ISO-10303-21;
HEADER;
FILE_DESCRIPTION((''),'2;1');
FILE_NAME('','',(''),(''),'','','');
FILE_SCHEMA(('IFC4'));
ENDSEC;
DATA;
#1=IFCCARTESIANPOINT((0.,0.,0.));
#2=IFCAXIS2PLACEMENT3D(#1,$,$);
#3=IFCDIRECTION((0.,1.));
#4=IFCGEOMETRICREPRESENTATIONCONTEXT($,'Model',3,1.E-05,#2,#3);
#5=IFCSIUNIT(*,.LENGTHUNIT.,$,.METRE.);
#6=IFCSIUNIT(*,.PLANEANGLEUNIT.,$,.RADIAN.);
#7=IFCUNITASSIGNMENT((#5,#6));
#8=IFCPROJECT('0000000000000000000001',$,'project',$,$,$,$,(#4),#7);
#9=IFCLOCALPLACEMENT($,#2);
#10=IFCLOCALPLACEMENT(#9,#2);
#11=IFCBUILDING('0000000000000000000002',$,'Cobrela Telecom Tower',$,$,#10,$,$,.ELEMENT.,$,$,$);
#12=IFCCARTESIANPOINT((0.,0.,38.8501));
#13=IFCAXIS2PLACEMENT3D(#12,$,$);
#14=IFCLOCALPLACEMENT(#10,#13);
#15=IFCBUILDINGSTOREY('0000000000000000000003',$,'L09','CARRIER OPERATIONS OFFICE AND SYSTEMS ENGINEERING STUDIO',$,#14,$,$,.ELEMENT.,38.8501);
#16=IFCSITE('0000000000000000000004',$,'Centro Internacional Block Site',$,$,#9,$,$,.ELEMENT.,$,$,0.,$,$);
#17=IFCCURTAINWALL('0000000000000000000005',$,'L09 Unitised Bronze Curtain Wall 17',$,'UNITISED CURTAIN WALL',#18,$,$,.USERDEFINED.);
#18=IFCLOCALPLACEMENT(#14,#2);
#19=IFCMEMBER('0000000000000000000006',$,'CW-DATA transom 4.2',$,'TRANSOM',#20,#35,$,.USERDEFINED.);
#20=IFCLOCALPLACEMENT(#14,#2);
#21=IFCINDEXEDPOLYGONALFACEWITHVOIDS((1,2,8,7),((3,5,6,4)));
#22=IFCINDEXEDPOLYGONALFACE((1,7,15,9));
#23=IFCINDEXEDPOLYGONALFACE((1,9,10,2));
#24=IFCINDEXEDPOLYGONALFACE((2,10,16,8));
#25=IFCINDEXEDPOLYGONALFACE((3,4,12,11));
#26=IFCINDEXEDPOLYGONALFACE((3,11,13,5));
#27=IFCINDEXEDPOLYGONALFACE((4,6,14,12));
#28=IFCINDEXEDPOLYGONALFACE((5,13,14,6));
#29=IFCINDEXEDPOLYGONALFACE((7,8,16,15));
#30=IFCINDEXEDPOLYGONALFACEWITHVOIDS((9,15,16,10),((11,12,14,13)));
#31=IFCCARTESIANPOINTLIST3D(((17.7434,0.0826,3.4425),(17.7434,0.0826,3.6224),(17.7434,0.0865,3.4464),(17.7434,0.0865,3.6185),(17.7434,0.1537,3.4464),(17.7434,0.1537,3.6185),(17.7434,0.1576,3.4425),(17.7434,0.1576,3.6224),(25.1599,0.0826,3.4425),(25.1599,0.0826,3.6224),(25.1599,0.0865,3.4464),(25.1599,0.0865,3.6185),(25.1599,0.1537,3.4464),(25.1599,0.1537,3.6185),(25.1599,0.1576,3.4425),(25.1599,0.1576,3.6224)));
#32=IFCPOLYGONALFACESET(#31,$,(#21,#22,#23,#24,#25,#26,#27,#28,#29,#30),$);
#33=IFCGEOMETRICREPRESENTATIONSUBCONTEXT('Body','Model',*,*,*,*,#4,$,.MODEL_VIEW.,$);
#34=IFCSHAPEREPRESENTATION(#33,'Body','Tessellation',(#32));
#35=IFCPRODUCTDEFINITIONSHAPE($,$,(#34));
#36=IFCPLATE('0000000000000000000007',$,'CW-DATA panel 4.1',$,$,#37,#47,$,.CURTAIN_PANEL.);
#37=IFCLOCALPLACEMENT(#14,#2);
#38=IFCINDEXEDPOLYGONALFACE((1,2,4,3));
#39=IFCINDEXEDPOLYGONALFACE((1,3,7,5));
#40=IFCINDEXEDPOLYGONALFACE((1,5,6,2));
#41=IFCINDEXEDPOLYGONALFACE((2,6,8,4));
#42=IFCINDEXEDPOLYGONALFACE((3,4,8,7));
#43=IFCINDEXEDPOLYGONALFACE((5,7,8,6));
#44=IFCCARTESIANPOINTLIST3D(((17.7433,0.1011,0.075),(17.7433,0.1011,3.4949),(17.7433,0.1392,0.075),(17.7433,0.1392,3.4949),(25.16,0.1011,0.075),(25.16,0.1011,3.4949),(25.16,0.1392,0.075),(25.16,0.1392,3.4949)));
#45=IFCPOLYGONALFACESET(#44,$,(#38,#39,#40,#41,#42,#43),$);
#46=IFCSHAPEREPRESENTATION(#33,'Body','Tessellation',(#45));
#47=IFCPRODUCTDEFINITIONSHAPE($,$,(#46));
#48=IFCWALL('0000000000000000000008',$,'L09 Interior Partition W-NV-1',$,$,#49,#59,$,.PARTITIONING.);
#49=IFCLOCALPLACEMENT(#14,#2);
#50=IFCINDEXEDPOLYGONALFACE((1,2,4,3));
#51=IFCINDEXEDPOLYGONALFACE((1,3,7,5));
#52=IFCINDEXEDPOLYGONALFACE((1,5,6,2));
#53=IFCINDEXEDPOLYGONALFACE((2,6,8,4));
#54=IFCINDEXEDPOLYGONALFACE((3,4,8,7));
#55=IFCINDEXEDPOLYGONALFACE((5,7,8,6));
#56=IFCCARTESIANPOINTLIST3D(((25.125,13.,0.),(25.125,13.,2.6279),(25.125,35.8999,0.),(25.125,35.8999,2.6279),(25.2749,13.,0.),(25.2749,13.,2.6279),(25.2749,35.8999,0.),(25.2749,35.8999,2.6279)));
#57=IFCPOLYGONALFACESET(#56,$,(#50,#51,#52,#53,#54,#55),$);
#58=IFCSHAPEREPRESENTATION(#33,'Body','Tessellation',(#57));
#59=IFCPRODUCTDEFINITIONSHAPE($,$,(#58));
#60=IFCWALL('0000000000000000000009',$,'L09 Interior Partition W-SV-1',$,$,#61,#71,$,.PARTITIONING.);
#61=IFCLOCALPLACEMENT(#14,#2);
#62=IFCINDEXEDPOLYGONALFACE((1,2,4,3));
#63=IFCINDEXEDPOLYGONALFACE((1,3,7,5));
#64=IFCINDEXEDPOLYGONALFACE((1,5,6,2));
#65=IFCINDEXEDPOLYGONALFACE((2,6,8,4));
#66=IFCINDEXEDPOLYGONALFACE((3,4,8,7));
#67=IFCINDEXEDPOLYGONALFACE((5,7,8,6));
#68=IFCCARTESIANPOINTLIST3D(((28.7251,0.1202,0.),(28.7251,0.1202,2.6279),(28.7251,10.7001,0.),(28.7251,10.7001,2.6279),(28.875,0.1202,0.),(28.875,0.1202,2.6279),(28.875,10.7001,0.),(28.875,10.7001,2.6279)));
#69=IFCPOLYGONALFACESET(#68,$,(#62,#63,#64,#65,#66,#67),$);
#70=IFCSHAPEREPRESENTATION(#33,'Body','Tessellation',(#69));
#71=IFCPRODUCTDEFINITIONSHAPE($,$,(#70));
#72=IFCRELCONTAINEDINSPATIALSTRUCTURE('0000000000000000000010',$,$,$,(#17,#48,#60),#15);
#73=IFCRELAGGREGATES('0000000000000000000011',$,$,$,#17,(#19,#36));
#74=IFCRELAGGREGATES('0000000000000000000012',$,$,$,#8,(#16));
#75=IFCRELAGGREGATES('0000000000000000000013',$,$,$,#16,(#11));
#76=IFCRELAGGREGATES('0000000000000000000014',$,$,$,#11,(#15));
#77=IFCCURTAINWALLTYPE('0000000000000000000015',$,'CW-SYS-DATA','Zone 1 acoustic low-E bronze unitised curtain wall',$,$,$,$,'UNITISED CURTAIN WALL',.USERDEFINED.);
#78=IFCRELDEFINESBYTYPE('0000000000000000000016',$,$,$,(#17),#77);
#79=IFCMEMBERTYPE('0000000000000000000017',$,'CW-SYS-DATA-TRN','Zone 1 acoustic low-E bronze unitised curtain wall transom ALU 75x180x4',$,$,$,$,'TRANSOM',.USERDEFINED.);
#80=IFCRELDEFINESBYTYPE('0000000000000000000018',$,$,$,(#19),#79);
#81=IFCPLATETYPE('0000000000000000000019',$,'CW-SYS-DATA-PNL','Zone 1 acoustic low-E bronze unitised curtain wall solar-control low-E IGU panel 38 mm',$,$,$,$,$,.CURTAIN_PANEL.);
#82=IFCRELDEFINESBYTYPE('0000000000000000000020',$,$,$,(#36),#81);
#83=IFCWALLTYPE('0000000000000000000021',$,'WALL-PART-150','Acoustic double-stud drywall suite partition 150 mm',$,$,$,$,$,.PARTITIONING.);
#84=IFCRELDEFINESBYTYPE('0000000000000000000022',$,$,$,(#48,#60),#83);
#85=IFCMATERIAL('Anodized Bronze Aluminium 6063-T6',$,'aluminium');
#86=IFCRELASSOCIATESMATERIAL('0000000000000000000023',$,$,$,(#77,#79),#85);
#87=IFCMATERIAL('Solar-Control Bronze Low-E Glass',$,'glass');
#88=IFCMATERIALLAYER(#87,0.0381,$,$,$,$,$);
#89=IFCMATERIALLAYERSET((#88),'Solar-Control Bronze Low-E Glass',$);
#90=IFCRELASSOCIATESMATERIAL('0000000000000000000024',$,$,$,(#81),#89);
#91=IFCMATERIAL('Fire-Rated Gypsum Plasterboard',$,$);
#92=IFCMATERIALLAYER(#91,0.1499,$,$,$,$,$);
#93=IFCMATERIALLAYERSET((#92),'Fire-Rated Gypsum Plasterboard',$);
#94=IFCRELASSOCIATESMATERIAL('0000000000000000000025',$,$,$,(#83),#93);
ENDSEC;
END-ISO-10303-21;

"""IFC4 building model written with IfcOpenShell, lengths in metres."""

from ifc_helpers import new_model, si_unit, direction, frame, frame_2d, origin, origin_2d, place, context, subcontext, project, spatial, rectangle, hollow_rectangle, extrude, material, layer, layer_set, material_profile, profile_set, type_object, element, aggregate, save


model = new_model("IFC4")

# Units and contexts
model_context = context("Model", 3, precision=1e-05, world=origin(), true_north=direction((0.0, 1.0)))
body_context = subcontext(model_context, "Body", "Model", "MODEL_VIEW")
ifc_project = project(units=[si_unit("LENGTHUNIT", "METRE"), si_unit("PLANEANGLEUNIT", "RADIAN")], contexts=[model_context])

# Site, building, storey
site_placement = place(None, origin())
site = spatial("IfcSite", under=ifc_project, at=site_placement, Name="Centro Internacional Block Site", CompositionType="ELEMENT", RefElevation=0.0)
building_placement = place(site_placement, origin())
building = spatial("IfcBuilding", under=site, at=building_placement, Name="Cobrela Telecom Tower", CompositionType="ELEMENT")
storey_placement = place(building_placement, frame((0.0, 0.0, 38.8501)))
storey = spatial("IfcBuildingStorey", under=building, at=storey_placement, Name="L09", Description="CARRIER OPERATIONS OFFICE AND SYSTEMS ENGINEERING STUDIO", CompositionType="ELEMENT", Elevation=38.8501)

# Curtain wall, member, plate
ifc_material_1 = material(Name="Anodized Bronze Aluminium 6063-T6", Category="aluminium")
curtain_wall_type = type_object("IfcCurtainWallType", Name="CW-SYS-DATA", Description="Zone 1 acoustic low-E bronze unitised curtain wall", ElementType="UNITISED CURTAIN WALL", PredefinedType="USERDEFINED", material=ifc_material_1)
curtain_wall_placement = place(storey_placement, origin())
curtain_wall = element("IfcCurtainWall", 1, at=curtain_wall_placement, inside=storey, type_object=curtain_wall_type, Name="L09 Unitised Bronze Curtain Wall 17", ObjectType="UNITISED CURTAIN WALL", PredefinedType="USERDEFINED")
ifc_material_profile_1 = material_profile(ifc_material_1, hollow_rectangle(XDim=0.075, YDim=0.1799, WallThickness=0.0039, at=origin_2d()), Name="ALU 75x180x4")
ifc_profile_set_1 = profile_set([ifc_material_profile_1], Name="Anodized Bronze Aluminium 6063-T6")
member_type_1 = type_object("IfcMemberType", Name="CW-SYS-DATA-TRN", Description="Zone 1 acoustic low-E bronze unitised curtain wall transom ALU 75x180x4", ElementType="TRANSOM", PredefinedType="USERDEFINED", material=ifc_profile_set_1)
member_1_placement = place(storey_placement, frame((25.1599, 0.1201, 3.5325), z_axis=(-1.0, 0.0, 0.0), x_axis=(0.0, -1.0, 0.0)))
member_1 = element("IfcMember", 2, at=member_1_placement, type_object=member_type_1, Name="CW-DATA transom 4.2", ObjectType="TRANSOM", PredefinedType="USERDEFINED", context=body_context, shape_type="SweptSolid", body=[
    extrude(hollow_rectangle(XDim=0.075, YDim=0.1799, WallThickness=0.0039, at=origin_2d()), origin(), (0.0, 0.0, 1.0), 7.4165),
])
ifc_material_2 = material(Name="Solar-Control Bronze Low-E Glass", Category="glass")
ifc_layer_1 = layer(ifc_material_2, 0.0381)
ifc_layer_set_1 = layer_set([ifc_layer_1], Name="Solar-Control Bronze Low-E Glass")
plate_type = type_object("IfcPlateType", Name="CW-SYS-DATA-PNL", Description="Zone 1 acoustic low-E bronze unitised curtain wall solar-control low-E IGU panel 38 mm", PredefinedType="CURTAIN_PANEL", material=ifc_layer_set_1)
plate_placement = place(storey_placement, frame((21.4517, 0.1201, 0.075), z_axis=(0.0, 0.0, 1.0), x_axis=(-1.0, 0.0, 0.0)))
plate = element("IfcPlate", 3, at=plate_placement, type_object=plate_type, Name="CW-DATA panel 4.1", PredefinedType="CURTAIN_PANEL", context=body_context, shape_type="SweptSolid", body=[
    extrude(rectangle(XDim=7.4167, YDim=0.0381, at=origin_2d()), origin(), (0.0, 0.0, 1.0), 3.4199),
])
aggregate(curtain_wall, [member_1, plate])

# Walls
ifc_material_3 = material(Name="Fire-Rated Gypsum Plasterboard")
ifc_layer_2 = layer(ifc_material_3, 0.1499)
ifc_layer_set_2 = layer_set([ifc_layer_2], Name="Fire-Rated Gypsum Plasterboard")
wall_type = type_object("IfcWallType", Name="WALL-PART-150", Description="Acoustic double-stud drywall suite partition 150 mm", PredefinedType="PARTITIONING", material=ifc_layer_set_2)
wall_1_placement = place(storey_placement, frame((25.2, 13.0, 0.0), z_axis=(0.0, 0.0, 1.0), x_axis=(0.0, 1.0, 0.0)))
element("IfcWall", 4, at=wall_1_placement, inside=storey, type_object=wall_type, Name="L09 Interior Partition W-NV-1", PredefinedType="PARTITIONING", context=body_context, shape_type="SweptSolid", body=[
    extrude(rectangle(XDim=22.8999, YDim=0.1499, at=frame_2d((11.45, 0.0))), origin(), (0.0, 0.0, 1.0), 2.6279),
])
wall_2_placement = place(storey_placement, frame((28.8, 0.1201, 0.0), z_axis=(0.0, 0.0, 1.0), x_axis=(0.0, 1.0, 0.0)))
element("IfcWall", 5, at=wall_2_placement, inside=storey, type_object=wall_type, Name="L09 Interior Partition W-SV-1", PredefinedType="PARTITIONING", context=body_context, shape_type="SweptSolid", body=[
    extrude(rectangle(XDim=10.5798, YDim=0.1499, at=frame_2d((5.29, 0.0))), origin(), (0.0, 0.0, 1.0), 2.6279),
])

save(model, "model.ifc")
